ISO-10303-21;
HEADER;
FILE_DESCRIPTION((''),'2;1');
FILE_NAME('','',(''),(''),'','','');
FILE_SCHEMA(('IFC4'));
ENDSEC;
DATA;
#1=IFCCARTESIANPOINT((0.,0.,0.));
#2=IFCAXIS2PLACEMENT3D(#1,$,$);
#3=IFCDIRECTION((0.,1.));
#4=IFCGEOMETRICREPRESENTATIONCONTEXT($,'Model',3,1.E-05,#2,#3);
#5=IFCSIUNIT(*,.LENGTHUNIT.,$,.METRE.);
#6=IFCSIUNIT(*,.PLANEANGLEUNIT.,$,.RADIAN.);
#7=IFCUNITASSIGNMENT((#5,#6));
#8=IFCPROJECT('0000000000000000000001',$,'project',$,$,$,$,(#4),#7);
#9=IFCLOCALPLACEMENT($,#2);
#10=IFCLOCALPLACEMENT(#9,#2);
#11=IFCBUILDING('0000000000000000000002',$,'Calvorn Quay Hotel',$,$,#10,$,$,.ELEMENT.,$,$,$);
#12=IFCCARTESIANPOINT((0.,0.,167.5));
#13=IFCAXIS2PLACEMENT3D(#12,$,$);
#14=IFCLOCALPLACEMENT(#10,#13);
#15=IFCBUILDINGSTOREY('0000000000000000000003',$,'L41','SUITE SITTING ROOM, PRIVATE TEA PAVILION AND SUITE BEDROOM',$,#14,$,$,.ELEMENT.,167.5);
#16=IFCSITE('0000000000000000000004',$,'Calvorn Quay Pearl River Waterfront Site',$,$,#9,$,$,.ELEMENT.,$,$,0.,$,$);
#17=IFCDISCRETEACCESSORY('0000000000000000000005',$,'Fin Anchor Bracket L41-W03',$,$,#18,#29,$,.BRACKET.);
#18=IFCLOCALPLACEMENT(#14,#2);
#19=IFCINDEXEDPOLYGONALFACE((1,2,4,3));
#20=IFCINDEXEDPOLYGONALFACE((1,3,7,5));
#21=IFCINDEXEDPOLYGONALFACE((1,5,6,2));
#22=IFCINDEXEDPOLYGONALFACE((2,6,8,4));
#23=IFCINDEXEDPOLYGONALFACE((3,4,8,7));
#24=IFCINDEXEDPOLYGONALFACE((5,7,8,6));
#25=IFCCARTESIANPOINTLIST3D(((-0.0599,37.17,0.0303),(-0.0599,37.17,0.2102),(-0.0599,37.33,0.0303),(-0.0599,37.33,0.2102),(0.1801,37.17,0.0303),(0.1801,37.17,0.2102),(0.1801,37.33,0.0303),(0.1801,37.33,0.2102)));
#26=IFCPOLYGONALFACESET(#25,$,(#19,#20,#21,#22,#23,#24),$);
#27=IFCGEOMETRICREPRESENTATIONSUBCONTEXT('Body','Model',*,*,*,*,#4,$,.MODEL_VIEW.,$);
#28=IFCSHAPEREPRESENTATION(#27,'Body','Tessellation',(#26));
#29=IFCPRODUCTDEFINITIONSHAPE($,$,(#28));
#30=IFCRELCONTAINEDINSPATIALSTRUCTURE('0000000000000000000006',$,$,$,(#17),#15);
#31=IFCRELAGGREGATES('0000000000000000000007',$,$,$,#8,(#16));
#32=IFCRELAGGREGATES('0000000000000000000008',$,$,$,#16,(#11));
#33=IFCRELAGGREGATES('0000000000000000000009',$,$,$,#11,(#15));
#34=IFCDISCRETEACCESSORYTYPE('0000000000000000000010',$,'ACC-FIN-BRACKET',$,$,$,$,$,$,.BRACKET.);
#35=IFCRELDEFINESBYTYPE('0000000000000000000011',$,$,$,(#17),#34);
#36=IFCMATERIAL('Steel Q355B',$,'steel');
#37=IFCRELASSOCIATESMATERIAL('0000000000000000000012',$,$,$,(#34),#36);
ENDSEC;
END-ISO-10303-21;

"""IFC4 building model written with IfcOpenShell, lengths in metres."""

from ifc_helpers import new_model, si_unit, direction, frame, origin, origin_2d, place, context, subcontext, project, spatial, rectangle, extrude, material, type_object, element, save


model = new_model("IFC4")

# Units and contexts
model_context = context("Model", 3, precision=1e-05, world=origin(), true_north=direction((0.0, 1.0)))
body_context = subcontext(model_context, "Body", "Model", "MODEL_VIEW")
ifc_project = project(units=[si_unit("LENGTHUNIT", "METRE"), si_unit("PLANEANGLEUNIT", "RADIAN")], contexts=[model_context])

# Site, building, storey
site_placement = place(None, origin())
site = spatial("IfcSite", under=ifc_project, at=site_placement, Name="Calvorn Quay Pearl River Waterfront Site", CompositionType="ELEMENT", RefElevation=0.0)
building_placement = place(site_placement, origin())
building = spatial("IfcBuilding", under=site, at=building_placement, Name="Calvorn Quay Hotel", CompositionType="ELEMENT")
storey_placement = place(building_placement, frame((0.0, 0.0, 167.5)))
storey = spatial("IfcBuildingStorey", under=building, at=storey_placement, Name="L41", Description="SUITE SITTING ROOM, PRIVATE TEA PAVILION AND SUITE BEDROOM", CompositionType="ELEMENT", Elevation=167.5)

# Discrete accessory
ifc_material_1 = material(Name="Steel Q355B", Category="steel")
discrete_accessory_type = type_object("IfcDiscreteAccessoryType", Name="ACC-FIN-BRACKET", PredefinedType="BRACKET", material=ifc_material_1)
discrete_accessory_placement = place(storey_placement, frame((0.0601, 37.25, 0.0303), z_axis=(0.0, 0.0, 1.0), x_axis=(1.0, 0.0, 0.0)))
element("IfcDiscreteAccessory", 1, at=discrete_accessory_placement, inside=storey, type_object=discrete_accessory_type, Name="Fin Anchor Bracket L41-W03", PredefinedType="BRACKET", context=body_context, shape_type="SweptSolid", body=[
    extrude(rectangle(XDim=0.24, YDim=0.1599, at=origin_2d()), origin(), (0.0, 0.0, 1.0), 0.1799),
])

save(model, "model.ifc")
